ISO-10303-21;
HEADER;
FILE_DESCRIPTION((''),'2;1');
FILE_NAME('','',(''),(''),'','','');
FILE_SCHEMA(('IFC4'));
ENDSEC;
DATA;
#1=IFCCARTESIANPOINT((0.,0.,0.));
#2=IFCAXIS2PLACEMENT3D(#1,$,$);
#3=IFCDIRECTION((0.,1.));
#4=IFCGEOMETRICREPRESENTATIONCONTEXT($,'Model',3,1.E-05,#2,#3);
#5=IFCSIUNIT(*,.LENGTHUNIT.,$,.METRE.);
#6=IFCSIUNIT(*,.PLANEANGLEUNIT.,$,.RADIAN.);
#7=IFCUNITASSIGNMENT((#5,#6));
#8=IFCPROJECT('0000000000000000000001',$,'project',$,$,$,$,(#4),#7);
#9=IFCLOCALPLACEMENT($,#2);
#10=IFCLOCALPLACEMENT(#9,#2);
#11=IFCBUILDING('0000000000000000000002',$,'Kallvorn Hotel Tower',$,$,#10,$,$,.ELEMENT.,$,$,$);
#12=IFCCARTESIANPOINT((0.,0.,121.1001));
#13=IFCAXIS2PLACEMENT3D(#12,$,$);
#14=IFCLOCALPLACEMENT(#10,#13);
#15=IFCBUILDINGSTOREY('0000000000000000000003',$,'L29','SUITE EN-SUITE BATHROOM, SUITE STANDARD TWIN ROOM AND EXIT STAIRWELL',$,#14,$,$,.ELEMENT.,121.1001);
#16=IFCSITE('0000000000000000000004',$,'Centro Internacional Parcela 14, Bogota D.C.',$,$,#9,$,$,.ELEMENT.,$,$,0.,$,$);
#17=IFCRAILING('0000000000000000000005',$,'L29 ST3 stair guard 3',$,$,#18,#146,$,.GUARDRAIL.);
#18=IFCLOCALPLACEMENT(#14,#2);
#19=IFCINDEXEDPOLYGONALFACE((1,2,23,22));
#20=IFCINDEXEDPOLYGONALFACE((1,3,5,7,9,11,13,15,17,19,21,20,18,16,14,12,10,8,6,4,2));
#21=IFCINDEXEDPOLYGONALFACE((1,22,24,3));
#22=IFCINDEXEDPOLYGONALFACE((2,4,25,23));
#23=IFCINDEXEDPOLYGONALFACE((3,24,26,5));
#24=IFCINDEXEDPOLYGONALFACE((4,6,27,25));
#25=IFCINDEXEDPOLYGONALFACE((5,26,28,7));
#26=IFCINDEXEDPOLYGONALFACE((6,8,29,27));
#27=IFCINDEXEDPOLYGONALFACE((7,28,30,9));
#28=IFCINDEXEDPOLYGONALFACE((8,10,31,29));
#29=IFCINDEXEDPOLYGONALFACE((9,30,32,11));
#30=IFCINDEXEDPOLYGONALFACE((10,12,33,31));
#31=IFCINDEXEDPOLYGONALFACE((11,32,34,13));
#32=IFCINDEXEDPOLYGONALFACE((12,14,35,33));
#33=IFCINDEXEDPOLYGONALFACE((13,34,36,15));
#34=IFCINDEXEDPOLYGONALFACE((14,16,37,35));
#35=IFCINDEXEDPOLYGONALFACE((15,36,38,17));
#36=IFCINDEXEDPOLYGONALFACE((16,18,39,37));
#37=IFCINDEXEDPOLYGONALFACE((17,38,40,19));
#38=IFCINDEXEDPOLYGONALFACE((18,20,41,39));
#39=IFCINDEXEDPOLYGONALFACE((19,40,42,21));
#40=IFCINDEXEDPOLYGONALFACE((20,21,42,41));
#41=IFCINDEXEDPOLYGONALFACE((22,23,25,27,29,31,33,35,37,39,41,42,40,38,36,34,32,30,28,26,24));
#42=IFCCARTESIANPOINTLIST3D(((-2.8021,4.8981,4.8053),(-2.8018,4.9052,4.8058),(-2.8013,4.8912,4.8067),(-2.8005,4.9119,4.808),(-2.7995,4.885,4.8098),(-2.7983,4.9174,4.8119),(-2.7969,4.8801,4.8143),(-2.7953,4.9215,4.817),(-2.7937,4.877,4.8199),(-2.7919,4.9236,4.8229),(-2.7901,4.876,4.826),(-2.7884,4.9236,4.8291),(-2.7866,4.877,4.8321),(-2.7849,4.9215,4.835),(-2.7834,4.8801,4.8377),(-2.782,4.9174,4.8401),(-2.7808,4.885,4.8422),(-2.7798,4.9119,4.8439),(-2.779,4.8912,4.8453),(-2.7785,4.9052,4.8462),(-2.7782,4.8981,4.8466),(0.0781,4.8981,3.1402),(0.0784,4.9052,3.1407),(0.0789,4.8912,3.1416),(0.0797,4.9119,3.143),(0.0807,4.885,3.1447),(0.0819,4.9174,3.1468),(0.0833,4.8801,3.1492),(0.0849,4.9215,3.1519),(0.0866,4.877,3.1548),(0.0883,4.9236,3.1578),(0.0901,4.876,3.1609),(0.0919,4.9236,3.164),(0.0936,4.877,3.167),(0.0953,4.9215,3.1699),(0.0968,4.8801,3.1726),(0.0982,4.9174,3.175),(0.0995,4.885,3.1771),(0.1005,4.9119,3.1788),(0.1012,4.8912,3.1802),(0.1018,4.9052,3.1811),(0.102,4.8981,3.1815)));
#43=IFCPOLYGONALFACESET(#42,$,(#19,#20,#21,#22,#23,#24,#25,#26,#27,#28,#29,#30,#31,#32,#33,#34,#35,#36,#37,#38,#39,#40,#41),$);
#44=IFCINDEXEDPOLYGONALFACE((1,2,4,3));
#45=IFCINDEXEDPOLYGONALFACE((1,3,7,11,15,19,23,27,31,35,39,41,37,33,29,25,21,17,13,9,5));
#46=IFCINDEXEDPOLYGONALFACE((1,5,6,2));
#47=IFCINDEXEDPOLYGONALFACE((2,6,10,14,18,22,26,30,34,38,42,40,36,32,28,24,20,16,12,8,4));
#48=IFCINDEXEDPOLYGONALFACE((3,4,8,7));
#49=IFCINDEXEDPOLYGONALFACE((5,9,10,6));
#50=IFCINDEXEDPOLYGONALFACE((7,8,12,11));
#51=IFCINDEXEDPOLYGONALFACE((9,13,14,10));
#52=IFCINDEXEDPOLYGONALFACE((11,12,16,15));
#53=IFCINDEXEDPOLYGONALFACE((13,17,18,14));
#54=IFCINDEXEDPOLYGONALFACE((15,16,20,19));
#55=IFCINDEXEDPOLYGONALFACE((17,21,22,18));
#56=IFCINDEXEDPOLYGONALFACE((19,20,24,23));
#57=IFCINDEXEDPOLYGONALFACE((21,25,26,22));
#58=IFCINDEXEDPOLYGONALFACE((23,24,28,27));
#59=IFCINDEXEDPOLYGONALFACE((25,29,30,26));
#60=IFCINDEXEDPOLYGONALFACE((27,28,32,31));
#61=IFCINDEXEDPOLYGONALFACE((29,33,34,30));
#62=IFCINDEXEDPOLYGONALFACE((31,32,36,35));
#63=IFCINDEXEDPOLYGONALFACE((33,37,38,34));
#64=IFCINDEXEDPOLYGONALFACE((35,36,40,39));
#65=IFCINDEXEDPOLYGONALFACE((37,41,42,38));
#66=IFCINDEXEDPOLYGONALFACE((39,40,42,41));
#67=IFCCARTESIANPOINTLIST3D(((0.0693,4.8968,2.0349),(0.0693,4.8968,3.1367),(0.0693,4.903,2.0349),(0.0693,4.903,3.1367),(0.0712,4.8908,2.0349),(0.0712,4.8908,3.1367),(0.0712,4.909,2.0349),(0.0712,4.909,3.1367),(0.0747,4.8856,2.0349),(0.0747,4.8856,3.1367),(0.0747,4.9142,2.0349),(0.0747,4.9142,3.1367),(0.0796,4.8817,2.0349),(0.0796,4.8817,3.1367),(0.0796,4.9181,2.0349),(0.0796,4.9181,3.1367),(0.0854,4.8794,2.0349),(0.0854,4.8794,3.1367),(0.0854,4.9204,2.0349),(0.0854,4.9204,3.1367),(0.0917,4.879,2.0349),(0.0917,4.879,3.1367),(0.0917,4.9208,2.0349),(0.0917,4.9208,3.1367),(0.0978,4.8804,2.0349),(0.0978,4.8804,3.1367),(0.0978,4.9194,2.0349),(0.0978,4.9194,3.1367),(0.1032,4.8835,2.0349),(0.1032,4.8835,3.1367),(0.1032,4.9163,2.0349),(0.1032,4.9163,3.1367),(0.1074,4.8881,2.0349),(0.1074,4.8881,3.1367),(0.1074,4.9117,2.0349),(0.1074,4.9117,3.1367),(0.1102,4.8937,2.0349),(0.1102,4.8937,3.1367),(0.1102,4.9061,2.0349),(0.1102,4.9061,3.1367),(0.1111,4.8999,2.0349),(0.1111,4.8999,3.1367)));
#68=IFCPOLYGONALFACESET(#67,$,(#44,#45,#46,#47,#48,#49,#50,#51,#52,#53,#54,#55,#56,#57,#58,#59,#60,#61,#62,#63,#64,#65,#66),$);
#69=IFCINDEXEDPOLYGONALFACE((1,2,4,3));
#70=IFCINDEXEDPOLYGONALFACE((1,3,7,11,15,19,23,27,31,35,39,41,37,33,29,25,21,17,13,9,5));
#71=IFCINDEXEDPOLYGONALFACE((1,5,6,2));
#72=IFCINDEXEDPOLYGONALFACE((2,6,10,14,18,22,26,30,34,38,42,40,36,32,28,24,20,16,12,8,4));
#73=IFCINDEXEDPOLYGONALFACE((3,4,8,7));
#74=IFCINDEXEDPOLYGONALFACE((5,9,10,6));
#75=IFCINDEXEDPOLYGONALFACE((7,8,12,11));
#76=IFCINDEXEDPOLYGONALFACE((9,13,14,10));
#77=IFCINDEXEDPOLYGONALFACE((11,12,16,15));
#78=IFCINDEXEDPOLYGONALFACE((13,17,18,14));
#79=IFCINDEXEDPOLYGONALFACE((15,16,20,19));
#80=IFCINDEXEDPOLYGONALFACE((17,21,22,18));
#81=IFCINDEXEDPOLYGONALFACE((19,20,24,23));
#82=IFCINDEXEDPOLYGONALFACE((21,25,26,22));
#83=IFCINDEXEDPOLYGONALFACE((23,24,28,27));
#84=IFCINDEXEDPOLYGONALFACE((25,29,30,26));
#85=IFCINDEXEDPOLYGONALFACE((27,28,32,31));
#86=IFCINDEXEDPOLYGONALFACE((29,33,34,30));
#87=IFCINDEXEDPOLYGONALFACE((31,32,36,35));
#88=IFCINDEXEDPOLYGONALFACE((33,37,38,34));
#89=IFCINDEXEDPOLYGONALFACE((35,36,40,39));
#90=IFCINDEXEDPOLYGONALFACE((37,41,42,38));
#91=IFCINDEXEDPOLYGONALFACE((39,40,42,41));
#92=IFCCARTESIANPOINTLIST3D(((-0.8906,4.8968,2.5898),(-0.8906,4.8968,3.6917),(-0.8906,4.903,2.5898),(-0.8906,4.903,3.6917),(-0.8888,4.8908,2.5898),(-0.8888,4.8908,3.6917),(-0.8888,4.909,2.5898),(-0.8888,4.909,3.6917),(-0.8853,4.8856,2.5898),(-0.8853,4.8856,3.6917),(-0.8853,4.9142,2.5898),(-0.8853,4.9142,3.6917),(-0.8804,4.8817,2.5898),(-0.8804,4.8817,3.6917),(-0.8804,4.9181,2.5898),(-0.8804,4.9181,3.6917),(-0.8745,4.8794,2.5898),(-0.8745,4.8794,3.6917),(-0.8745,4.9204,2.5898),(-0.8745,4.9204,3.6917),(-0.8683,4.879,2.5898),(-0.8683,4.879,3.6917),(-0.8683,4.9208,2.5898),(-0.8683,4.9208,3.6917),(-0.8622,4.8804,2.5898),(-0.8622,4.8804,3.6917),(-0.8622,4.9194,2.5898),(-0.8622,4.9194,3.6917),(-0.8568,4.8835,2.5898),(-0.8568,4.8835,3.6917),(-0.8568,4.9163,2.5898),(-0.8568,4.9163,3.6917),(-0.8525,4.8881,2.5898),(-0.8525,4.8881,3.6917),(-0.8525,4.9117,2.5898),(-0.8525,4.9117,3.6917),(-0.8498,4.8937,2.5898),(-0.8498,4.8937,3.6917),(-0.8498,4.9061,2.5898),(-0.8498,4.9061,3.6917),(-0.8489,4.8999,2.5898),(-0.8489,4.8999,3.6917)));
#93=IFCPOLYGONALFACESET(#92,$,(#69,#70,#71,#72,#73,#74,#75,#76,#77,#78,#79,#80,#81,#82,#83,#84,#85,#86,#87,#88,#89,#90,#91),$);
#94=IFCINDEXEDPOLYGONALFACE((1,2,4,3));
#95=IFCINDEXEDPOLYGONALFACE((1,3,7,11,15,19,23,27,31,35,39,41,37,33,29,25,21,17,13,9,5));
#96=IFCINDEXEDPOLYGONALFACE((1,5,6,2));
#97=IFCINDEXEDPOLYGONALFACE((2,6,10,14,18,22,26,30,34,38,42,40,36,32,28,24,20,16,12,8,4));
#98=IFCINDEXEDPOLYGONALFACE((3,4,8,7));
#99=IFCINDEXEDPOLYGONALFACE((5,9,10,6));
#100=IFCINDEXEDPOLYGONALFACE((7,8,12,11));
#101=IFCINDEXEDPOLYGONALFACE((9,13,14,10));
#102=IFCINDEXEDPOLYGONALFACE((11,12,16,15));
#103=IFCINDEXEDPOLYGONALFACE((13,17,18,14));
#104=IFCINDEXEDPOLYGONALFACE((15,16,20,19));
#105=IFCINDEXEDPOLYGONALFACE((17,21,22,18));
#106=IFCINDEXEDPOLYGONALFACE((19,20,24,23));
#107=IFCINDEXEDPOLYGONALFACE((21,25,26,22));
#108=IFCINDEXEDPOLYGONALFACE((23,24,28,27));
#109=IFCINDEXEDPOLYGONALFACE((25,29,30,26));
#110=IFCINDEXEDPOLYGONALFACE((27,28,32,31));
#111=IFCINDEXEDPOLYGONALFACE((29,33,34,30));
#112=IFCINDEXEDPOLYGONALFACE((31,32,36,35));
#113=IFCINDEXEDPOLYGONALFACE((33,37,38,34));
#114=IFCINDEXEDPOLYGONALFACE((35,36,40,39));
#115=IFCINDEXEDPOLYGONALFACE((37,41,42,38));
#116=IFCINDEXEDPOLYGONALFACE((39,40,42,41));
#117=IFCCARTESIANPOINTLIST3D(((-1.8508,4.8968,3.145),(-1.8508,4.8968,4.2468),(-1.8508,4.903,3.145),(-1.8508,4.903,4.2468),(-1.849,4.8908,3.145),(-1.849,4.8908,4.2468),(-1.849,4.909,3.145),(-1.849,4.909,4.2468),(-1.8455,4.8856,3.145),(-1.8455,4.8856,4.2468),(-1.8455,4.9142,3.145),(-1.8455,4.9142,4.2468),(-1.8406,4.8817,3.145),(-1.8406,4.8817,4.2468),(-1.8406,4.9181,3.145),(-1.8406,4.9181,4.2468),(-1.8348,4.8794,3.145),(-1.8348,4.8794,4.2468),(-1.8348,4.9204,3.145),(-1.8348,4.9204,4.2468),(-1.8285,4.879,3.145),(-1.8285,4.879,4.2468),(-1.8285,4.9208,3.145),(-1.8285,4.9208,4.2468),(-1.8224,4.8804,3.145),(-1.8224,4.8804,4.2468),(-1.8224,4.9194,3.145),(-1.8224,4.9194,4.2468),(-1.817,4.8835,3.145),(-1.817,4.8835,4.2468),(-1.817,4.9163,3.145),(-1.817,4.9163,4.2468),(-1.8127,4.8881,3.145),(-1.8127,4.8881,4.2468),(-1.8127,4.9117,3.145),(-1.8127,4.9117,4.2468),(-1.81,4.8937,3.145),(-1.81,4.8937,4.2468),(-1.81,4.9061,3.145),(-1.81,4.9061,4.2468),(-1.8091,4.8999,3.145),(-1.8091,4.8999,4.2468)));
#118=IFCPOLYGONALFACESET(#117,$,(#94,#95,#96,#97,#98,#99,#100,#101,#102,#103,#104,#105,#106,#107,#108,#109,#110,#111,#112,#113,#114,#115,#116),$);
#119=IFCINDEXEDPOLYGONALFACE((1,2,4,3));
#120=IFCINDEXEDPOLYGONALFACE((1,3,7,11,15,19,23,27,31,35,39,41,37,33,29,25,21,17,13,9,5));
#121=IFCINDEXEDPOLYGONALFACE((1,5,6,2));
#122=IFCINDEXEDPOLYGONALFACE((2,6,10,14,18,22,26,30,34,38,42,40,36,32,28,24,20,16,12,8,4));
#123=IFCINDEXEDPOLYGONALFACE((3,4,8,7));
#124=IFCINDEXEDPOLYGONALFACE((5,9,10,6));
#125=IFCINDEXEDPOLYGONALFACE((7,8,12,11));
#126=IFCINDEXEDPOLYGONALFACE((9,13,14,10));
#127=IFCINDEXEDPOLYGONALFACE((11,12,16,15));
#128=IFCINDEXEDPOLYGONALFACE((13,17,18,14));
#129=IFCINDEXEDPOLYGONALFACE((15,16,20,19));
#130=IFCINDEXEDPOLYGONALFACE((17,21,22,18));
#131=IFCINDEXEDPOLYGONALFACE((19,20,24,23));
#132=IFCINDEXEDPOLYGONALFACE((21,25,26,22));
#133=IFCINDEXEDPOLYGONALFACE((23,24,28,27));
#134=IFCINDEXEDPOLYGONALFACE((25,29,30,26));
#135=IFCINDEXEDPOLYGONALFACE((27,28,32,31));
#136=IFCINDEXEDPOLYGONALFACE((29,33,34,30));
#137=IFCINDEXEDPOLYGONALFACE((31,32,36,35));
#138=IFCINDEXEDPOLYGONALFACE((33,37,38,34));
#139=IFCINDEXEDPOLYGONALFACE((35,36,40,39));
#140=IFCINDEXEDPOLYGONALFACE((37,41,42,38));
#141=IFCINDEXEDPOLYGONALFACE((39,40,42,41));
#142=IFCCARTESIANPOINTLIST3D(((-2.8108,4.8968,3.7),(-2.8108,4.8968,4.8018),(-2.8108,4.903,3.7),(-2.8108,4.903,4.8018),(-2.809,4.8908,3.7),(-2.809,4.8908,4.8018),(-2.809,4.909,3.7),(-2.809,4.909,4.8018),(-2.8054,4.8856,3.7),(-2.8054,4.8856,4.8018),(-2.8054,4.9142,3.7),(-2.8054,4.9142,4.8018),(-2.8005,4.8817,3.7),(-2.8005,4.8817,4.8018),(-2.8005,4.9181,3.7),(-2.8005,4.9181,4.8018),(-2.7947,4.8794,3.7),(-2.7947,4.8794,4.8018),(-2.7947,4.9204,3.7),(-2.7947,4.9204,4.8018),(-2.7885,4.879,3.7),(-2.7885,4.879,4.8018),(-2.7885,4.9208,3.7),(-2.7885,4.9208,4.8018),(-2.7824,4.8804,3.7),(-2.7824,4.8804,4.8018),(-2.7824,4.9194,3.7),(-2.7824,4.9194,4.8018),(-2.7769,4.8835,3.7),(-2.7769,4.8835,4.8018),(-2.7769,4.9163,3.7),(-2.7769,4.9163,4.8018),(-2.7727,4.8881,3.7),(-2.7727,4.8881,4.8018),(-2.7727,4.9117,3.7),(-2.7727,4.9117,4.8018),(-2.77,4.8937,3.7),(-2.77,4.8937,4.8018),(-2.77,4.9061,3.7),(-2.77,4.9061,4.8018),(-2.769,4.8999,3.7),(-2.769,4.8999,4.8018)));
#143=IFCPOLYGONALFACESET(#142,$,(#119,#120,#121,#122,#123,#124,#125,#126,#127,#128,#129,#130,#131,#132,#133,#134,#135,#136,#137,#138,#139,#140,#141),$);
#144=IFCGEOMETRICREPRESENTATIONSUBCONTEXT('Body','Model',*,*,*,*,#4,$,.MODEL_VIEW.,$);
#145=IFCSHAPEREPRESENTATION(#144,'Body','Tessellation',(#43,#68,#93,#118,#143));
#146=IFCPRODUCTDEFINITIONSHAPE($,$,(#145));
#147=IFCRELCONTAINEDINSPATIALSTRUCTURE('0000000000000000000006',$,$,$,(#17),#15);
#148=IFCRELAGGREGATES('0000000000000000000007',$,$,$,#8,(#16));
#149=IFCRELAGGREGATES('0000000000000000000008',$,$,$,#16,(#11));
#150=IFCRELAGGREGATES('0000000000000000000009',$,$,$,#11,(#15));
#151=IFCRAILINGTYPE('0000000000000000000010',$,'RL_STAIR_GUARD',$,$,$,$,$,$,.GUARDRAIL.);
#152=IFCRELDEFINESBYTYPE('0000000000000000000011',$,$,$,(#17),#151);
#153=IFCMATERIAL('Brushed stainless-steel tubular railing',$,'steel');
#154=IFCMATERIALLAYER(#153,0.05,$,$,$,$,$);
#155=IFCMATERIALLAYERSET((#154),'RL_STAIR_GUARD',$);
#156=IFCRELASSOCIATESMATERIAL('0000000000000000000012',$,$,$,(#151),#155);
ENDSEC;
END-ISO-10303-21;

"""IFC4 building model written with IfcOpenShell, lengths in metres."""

from ifc_helpers import new_model, si_unit, direction, frame, origin, origin_2d, place, context, subcontext, project, spatial, circle, extrude, material, layer, layer_set, type_object, element, save


model = new_model("IFC4")

# Units and contexts
model_context = context("Model", 3, precision=1e-05, world=origin(), true_north=direction((0.0, 1.0)))
body_context = subcontext(model_context, "Body", "Model", "MODEL_VIEW")
ifc_project = project(units=[si_unit("LENGTHUNIT", "METRE"), si_unit("PLANEANGLEUNIT", "RADIAN")], contexts=[model_context])

# Site, building, storey
site_placement = place(None, origin())
site = spatial("IfcSite", under=ifc_project, at=site_placement, Name="Centro Internacional Parcela 14, Bogota D.C.", CompositionType="ELEMENT", RefElevation=0.0)
building_placement = place(site_placement, origin())
building = spatial("IfcBuilding", under=site, at=building_placement, Name="Kallvorn Hotel Tower", CompositionType="ELEMENT")
storey_placement = place(building_placement, frame((0.0, 0.0, 121.1001)))
storey = spatial("IfcBuildingStorey", under=building, at=storey_placement, Name="L29", Description="SUITE EN-SUITE BATHROOM, SUITE STANDARD TWIN ROOM AND EXIT STAIRWELL", CompositionType="ELEMENT", Elevation=121.1001)

# Railing
ifc_material_1 = material(Name="Brushed stainless-steel tubular railing", Category="steel")
ifc_layer_1 = layer(ifc_material_1, 0.05)
ifc_layer_set_1 = layer_set([ifc_layer_1], Name="RL_STAIR_GUARD")
railing_type_1 = type_object("IfcRailingType", Name="RL_STAIR_GUARD", PredefinedType="GUARDRAIL", material=ifc_layer_set_1)
railing_1_placement = place(storey_placement, frame((0.0901, 4.8999, 2.0349)))
element("IfcRailing", 1, at=railing_1_placement, inside=storey, type_object=railing_type_1, Name="L29 ST3 stair guard 3", PredefinedType="GUARDRAIL", context=body_context, shape_type="SweptSolid", body=[
    extrude(circle(Radius=0.0239, at=origin_2d()), frame((0.0, 0.0, 1.126), z_axis=(-0.865739, 0.0, 0.500495), x_axis=(0.0, -1.0, 0.0)), (0.0, 0.0, 1.0), 3.3269),
    extrude(circle(Radius=0.021, at=origin_2d()), origin(), (0.0, 0.0, 1.0), 1.1018),
    extrude(circle(Radius=0.021, at=origin_2d()), frame((-0.96, 0.0, 0.5549)), (0.0, 0.0, 1.0), 1.1018),
    extrude(circle(Radius=0.021, at=origin_2d()), frame((-1.9202, 0.0, 1.1101)), (0.0, 0.0, 1.0), 1.1018),
    extrude(circle(Radius=0.021, at=origin_2d()), frame((-2.8801, 0.0, 1.665)), (0.0, 0.0, 1.0), 1.1018),
])

save(model, "model.ifc")
